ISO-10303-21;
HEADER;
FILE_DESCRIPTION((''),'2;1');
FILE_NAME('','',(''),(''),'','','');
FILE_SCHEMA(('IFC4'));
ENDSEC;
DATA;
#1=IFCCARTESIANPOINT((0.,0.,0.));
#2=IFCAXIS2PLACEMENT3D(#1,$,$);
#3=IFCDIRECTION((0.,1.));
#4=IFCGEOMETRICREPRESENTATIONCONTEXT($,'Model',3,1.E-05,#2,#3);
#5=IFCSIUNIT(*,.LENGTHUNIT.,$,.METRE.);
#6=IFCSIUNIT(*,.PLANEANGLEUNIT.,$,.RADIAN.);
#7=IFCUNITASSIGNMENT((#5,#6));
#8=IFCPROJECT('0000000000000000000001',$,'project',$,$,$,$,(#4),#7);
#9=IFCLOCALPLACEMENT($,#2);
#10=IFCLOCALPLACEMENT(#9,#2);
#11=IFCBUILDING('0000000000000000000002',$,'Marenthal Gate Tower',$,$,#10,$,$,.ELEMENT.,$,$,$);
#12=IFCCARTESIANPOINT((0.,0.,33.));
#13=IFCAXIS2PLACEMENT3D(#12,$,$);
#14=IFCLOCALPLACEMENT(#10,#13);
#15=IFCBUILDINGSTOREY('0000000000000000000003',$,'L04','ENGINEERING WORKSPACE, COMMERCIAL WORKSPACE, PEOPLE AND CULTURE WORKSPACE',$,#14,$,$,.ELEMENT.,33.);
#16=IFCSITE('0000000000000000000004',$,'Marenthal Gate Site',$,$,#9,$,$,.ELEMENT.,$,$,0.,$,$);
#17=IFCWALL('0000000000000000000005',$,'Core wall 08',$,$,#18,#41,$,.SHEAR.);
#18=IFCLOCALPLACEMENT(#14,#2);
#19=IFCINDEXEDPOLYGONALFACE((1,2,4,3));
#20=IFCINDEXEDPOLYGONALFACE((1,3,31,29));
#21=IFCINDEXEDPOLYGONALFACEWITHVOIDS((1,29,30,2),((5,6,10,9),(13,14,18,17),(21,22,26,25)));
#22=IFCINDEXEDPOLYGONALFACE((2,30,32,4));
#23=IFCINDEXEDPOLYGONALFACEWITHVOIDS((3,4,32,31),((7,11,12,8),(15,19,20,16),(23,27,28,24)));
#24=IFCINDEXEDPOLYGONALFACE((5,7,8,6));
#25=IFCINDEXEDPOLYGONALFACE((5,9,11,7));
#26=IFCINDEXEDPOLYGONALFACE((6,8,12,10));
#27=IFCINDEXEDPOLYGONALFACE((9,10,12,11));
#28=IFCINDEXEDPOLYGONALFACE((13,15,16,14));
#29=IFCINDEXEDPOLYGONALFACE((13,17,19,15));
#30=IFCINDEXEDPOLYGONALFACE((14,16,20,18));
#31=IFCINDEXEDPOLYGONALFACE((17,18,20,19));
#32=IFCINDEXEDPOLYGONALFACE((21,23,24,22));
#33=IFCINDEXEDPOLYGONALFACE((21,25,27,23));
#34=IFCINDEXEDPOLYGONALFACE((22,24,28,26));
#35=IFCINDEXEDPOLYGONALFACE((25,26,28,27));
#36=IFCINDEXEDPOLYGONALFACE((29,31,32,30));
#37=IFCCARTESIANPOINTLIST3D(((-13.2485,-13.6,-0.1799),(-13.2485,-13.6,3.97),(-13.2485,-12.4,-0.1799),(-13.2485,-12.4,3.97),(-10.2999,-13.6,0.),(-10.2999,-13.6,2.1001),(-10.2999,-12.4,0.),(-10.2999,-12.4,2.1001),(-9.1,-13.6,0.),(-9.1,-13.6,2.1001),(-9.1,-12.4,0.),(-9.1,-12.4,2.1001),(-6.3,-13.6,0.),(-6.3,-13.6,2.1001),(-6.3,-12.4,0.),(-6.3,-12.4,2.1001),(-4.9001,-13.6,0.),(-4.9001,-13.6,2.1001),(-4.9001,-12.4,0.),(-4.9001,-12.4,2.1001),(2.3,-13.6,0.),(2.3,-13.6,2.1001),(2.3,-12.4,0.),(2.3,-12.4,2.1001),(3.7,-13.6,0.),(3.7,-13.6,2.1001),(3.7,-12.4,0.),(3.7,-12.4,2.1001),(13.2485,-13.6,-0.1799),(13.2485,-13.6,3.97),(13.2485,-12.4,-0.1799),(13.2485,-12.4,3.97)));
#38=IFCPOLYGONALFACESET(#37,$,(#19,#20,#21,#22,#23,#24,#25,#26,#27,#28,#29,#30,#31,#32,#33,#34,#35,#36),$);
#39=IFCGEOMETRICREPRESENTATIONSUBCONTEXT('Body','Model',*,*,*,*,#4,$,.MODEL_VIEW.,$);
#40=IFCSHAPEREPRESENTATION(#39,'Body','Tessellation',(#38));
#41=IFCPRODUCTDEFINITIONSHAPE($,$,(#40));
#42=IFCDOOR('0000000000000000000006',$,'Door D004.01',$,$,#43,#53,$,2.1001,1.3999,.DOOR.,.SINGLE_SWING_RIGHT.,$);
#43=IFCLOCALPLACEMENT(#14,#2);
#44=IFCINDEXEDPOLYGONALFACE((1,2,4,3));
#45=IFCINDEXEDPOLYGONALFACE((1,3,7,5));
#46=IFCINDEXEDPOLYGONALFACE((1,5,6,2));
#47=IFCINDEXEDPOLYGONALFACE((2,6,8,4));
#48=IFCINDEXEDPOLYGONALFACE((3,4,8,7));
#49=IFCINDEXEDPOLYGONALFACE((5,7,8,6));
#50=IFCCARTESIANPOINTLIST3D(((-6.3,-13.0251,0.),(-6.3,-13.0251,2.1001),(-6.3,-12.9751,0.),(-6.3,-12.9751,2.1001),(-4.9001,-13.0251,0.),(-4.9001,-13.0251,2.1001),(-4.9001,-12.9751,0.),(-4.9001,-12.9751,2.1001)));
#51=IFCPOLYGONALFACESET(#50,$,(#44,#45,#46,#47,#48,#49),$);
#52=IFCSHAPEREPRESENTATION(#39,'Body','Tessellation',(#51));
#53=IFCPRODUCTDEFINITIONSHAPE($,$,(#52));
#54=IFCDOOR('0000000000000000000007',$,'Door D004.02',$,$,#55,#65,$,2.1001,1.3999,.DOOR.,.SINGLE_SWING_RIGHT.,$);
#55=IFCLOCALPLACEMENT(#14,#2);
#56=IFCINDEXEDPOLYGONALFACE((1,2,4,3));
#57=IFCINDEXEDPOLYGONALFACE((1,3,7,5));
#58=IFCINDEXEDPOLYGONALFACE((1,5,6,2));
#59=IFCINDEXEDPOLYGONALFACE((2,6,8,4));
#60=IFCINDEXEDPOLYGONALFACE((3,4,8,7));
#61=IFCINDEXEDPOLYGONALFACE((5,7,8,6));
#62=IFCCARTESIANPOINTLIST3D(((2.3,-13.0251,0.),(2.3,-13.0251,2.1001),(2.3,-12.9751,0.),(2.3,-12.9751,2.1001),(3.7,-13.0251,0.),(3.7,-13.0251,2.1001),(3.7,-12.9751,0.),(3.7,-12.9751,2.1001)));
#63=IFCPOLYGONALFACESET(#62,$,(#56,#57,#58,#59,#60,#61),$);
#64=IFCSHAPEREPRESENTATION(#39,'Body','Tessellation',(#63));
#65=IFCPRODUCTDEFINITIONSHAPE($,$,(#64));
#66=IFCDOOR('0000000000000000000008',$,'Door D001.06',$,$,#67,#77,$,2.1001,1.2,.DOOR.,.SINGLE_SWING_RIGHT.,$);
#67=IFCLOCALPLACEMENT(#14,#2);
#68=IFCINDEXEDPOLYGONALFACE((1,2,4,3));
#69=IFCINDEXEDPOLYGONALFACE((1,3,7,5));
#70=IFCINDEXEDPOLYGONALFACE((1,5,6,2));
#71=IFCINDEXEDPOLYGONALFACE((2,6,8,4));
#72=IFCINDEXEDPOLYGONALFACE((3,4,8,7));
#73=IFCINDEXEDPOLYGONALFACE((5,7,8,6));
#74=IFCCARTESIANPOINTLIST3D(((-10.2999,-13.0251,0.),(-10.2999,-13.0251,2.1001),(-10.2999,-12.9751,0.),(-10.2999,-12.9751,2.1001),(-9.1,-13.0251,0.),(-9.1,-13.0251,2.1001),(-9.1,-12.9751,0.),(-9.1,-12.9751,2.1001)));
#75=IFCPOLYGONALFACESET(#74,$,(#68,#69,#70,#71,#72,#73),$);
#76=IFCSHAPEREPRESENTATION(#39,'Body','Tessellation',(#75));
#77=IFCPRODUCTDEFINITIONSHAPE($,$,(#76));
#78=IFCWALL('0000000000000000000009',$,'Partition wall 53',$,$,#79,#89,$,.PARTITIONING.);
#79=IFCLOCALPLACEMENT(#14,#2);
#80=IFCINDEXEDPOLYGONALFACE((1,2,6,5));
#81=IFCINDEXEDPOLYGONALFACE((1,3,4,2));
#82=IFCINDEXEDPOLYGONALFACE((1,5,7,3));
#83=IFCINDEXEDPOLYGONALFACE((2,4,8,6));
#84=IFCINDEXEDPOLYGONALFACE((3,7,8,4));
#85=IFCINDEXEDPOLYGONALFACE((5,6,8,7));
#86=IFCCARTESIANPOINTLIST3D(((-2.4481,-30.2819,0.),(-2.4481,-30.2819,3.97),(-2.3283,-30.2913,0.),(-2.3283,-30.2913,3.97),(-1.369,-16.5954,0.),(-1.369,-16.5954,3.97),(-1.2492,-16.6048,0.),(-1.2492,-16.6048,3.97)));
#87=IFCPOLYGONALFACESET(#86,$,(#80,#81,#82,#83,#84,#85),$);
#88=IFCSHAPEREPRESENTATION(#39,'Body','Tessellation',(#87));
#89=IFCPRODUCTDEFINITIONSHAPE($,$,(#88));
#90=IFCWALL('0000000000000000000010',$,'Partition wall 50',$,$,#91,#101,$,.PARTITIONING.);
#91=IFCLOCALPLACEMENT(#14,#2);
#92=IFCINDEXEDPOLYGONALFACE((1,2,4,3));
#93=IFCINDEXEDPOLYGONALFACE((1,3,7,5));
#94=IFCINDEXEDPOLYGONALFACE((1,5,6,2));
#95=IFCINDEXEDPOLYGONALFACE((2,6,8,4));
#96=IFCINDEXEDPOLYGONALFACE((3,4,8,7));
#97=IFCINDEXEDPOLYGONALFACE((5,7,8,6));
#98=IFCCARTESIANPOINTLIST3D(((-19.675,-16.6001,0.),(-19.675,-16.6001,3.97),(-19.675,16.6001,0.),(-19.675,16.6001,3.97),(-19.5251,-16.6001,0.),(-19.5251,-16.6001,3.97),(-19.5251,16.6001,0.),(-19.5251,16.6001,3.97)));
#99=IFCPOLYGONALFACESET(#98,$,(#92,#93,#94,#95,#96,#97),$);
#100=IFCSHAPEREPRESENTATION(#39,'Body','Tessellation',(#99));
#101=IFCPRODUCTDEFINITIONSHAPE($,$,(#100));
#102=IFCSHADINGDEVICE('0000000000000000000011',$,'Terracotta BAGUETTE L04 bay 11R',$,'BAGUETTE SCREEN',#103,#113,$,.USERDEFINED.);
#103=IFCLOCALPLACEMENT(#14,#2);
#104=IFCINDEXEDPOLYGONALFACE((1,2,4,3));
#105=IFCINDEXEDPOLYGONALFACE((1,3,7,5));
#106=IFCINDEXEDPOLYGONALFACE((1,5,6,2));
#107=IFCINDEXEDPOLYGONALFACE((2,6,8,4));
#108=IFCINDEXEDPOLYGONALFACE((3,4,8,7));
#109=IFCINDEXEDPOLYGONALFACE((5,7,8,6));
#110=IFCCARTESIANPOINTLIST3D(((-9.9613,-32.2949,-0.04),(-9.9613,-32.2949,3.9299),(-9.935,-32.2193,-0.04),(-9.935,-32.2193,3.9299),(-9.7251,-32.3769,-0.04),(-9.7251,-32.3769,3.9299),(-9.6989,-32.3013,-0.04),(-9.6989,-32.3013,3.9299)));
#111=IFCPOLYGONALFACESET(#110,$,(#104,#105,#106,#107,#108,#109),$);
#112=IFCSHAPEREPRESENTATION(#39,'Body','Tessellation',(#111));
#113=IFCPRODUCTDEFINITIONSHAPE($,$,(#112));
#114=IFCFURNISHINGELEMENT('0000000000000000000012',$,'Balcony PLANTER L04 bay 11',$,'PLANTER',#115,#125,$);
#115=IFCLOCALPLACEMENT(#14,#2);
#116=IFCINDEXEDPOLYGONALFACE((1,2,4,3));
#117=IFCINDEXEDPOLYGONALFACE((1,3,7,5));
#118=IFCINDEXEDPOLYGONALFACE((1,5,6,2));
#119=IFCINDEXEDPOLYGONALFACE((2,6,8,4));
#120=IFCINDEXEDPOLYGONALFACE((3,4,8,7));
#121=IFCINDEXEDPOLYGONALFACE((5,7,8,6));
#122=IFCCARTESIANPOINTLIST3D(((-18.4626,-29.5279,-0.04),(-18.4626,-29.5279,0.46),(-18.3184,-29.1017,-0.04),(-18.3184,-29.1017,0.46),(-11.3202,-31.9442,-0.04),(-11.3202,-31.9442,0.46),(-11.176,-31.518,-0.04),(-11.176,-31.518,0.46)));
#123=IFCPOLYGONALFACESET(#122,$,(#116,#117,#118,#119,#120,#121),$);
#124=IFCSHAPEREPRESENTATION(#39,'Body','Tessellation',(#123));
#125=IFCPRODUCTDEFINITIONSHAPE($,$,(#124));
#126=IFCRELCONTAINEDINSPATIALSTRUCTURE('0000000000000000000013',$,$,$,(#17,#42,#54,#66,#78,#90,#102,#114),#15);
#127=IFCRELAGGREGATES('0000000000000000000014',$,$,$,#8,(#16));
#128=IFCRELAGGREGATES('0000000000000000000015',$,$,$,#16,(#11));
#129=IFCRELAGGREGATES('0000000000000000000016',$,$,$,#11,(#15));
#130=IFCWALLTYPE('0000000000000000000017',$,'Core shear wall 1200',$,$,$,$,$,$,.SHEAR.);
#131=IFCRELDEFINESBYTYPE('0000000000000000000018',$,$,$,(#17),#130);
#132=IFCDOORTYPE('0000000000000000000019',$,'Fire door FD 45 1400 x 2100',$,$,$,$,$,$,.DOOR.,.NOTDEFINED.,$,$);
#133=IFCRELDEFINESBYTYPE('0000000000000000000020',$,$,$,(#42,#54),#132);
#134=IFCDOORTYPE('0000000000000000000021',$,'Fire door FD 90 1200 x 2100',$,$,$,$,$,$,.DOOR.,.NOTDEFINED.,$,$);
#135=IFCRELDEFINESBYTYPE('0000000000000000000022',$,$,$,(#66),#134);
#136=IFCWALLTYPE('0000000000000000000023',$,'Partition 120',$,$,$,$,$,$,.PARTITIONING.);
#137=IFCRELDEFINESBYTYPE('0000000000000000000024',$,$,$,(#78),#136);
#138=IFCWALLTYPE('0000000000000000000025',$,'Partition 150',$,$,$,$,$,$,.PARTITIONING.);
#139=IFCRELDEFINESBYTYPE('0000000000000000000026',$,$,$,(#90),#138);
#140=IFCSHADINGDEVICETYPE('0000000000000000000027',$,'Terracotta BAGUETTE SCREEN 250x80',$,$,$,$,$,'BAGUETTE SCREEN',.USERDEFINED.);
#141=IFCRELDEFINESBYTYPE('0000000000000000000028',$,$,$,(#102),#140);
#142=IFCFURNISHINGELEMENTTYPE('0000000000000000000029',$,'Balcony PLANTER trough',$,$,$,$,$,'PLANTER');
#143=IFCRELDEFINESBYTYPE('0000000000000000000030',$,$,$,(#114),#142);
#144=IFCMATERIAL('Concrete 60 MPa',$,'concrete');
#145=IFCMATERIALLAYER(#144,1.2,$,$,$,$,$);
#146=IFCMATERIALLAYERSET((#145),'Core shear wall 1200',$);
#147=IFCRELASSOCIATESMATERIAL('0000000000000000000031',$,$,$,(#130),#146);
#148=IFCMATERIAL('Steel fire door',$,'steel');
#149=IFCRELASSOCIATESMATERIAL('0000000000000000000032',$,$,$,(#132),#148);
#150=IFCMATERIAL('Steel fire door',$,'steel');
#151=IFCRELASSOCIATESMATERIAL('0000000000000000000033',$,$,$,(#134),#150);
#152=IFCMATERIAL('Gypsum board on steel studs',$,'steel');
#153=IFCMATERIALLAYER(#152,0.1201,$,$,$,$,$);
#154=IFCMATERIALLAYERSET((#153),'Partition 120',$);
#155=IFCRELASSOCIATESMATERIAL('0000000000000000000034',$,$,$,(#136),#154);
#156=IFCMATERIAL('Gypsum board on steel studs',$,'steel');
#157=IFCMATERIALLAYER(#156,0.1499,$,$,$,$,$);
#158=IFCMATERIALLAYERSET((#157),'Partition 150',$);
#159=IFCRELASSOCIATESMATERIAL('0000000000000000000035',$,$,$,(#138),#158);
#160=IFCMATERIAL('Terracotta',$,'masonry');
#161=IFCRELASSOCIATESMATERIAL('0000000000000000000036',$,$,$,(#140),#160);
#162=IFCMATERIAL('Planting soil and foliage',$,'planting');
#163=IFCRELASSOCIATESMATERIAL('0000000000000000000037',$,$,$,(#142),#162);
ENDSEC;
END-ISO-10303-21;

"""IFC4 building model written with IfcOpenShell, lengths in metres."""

from ifc_helpers import new_model, si_unit, direction, frame, frame_2d, origin, origin_2d, place, context, subcontext, project, spatial, rectangle, extrude, material, layer, layer_set, material_profile, profile_set, type_object, element, fill, save


model = new_model("IFC4")

# Units and contexts
model_context = context("Model", 3, precision=1e-05, world=origin(), true_north=direction((0.0, 1.0)))
body_context = subcontext(model_context, "Body", "Model", "MODEL_VIEW")
ifc_project = project(units=[si_unit("LENGTHUNIT", "METRE"), si_unit("PLANEANGLEUNIT", "RADIAN")], contexts=[model_context])

# Site, building, storey
site_placement = place(None, origin())
site = spatial("IfcSite", under=ifc_project, at=site_placement, Name="Marenthal Gate Site", CompositionType="ELEMENT", RefElevation=0.0)
building_placement = place(site_placement, origin())
building = spatial("IfcBuilding", under=site, at=building_placement, Name="Marenthal Gate Tower", CompositionType="ELEMENT")
storey_placement = place(building_placement, frame((0.0, 0.0, 33.0)))
storey = spatial("IfcBuildingStorey", under=building, at=storey_placement, Name="L04", Description="ENGINEERING WORKSPACE, COMMERCIAL WORKSPACE, PEOPLE AND CULTURE WORKSPACE", CompositionType="ELEMENT", Elevation=33.0)

# Wall, openings, doors
ifc_material_1 = material(Name="Concrete 60 MPa", Category="concrete")
ifc_layer_1 = layer(ifc_material_1, 1.2)
ifc_layer_set_1 = layer_set([ifc_layer_1], Name="Core shear wall 1200")
wall_type_1 = type_object("IfcWallType", Name="Core shear wall 1200", PredefinedType="SHEAR", material=ifc_layer_set_1)
wall_1_placement = place(storey_placement, frame((-13.2485, -13.0, -0.1799), z_axis=(0.0, 0.0, 1.0), x_axis=(1.0, 0.0, 0.0)))
wall_1 = element("IfcWall", 1, at=wall_1_placement, inside=storey, type_object=wall_type_1, Name="Core wall 08", PredefinedType="SHEAR", context=body_context, shape_type="SweptSolid", body=[
    extrude(rectangle(XDim=26.4971, YDim=1.2, at=frame_2d((13.2485, 0.0))), origin(), (0.0, 0.0, 1.0), 4.1499),
])
opening_1_placement = place(wall_1_placement, frame((2.9485, 0.0, 0.1799)))
opening_1 = element("IfcOpeningElement", 2, at=opening_1_placement, cuts=wall_1, PredefinedType="OPENING", context=body_context, shape_type="SweptSolid", body=[
    extrude(rectangle(XDim=1.2, YDim=2.1001, at=frame_2d((0.6001, 1.05))), frame((0.0, 0.6099, 0.0), z_axis=(0.0, -1.0, 0.0), x_axis=(1.0, 0.0, 0.0)), (0.0, 0.0, 1.0), 1.22),
])
opening_2_placement = place(wall_1_placement, frame((6.9485, 0.0, 0.1799)))
opening_2 = element("IfcOpeningElement", 3, at=opening_2_placement, cuts=wall_1, PredefinedType="OPENING", context=body_context, shape_type="SweptSolid", body=[
    extrude(rectangle(XDim=1.3999, YDim=2.1001, at=frame_2d((0.7, 1.05))), frame((0.0, 0.6099, 0.0), z_axis=(0.0, -1.0, 0.0), x_axis=(1.0, 0.0, 0.0)), (0.0, 0.0, 1.0), 1.22),
])
opening_3_placement = place(wall_1_placement, frame((15.5486, 0.0, 0.1799)))
opening_3 = element("IfcOpeningElement", 4, at=opening_3_placement, cuts=wall_1, PredefinedType="OPENING", context=body_context, shape_type="SweptSolid", body=[
    extrude(rectangle(XDim=1.3999, YDim=2.1001, at=frame_2d((0.7, 1.05))), frame((0.0, 0.6099, 0.0), z_axis=(0.0, -1.0, 0.0), x_axis=(1.0, 0.0, 0.0)), (0.0, 0.0, 1.0), 1.22),
])
ifc_material_2 = material(Name="Steel fire door", Category="steel")
door_type_1 = type_object("IfcDoorType", Name="Fire door FD 45 1400 x 2100", OperationType="NOTDEFINED", PredefinedType="DOOR", material=ifc_material_2)
door_1_placement = place(opening_2_placement, origin())
door_1 = element("IfcDoor", 5, at=door_1_placement, inside=storey, type_object=door_type_1, Name="Door D004.01", OperationType="SINGLE_SWING_RIGHT", OverallHeight=2.1001, OverallWidth=1.3999, PredefinedType="DOOR", context=body_context, shape_type="SweptSolid", body=[
    extrude(rectangle(XDim=1.3999, YDim=2.1001, at=frame_2d((0.7, 1.05))), frame((0.0, 0.0249, 0.0), z_axis=(0.0, -1.0, 0.0), x_axis=(1.0, 0.0, 0.0)), (0.0, 0.0, 1.0), 0.05),
])
fill(opening_2, door_1)
door_2_placement = place(opening_3_placement, origin())
door_2 = element("IfcDoor", 6, at=door_2_placement, inside=storey, type_object=door_type_1, Name="Door D004.02", OperationType="SINGLE_SWING_RIGHT", OverallHeight=2.1001, OverallWidth=1.3999, PredefinedType="DOOR", context=body_context, shape_type="SweptSolid", body=[
    extrude(rectangle(XDim=1.3999, YDim=2.1001, at=frame_2d((0.7, 1.05))), frame((0.0, 0.0249, 0.0), z_axis=(0.0, -1.0, 0.0), x_axis=(1.0, 0.0, 0.0)), (0.0, 0.0, 1.0), 0.05),
])
fill(opening_3, door_2)
ifc_material_3 = material(Name="Steel fire door", Category="steel")
door_type_2 = type_object("IfcDoorType", Name="Fire door FD 90 1200 x 2100", OperationType="NOTDEFINED", PredefinedType="DOOR", material=ifc_material_3)
door_3_placement = place(opening_1_placement, origin())
door_3 = element("IfcDoor", 7, at=door_3_placement, inside=storey, type_object=door_type_2, Name="Door D001.06", OperationType="SINGLE_SWING_RIGHT", OverallHeight=2.1001, OverallWidth=1.2, PredefinedType="DOOR", context=body_context, shape_type="SweptSolid", body=[
    extrude(rectangle(XDim=1.2, YDim=2.1001, at=frame_2d((0.6001, 1.05))), frame((0.0, 0.0249, 0.0), z_axis=(0.0, -1.0, 0.0), x_axis=(1.0, 0.0, 0.0)), (0.0, 0.0, 1.0), 0.05),
])
fill(opening_1, door_3)

# Walls
ifc_material_4 = material(Name="Gypsum board on steel studs", Category="steel")
ifc_layer_2 = layer(ifc_material_4, 0.1201)
ifc_layer_set_2 = layer_set([ifc_layer_2], Name="Partition 120")
wall_type_2 = type_object("IfcWallType", Name="Partition 120", PredefinedType="PARTITIONING", material=ifc_layer_set_2)
wall_2_placement = place(storey_placement, frame((-1.3091, -16.6001, 0.0), z_axis=(0.0, 0.0, 1.0), x_axis=(-0.0786, -0.996906, 0.0)))
element("IfcWall", 8, at=wall_2_placement, inside=storey, type_object=wall_type_2, Name="Partition wall 53", PredefinedType="PARTITIONING", context=body_context, shape_type="SweptSolid", body=[
    extrude(rectangle(XDim=13.729, YDim=0.1201, at=frame_2d((6.8645, 0.0))), origin(), (0.0, 0.0, 1.0), 3.97),
])
ifc_material_5 = material(Name="Gypsum board on steel studs", Category="steel")
ifc_layer_3 = layer(ifc_material_5, 0.1499)
ifc_layer_set_3 = layer_set([ifc_layer_3], Name="Partition 150")
wall_type_3 = type_object("IfcWallType", Name="Partition 150", PredefinedType="PARTITIONING", material=ifc_layer_set_3)
wall_3_placement = place(storey_placement, frame((-19.6001, -16.6001, 0.0), z_axis=(0.0, 0.0, 1.0), x_axis=(0.0, 1.0, 0.0)))
element("IfcWall", 9, at=wall_3_placement, inside=storey, type_object=wall_type_3, Name="Partition wall 50", PredefinedType="PARTITIONING", context=body_context, shape_type="SweptSolid", body=[
    extrude(rectangle(XDim=33.2002, YDim=0.1499, at=frame_2d((16.6001, 0.0))), origin(), (0.0, 0.0, 1.0), 3.97),
])

# Shading device
ifc_material_6 = material(Name="Terracotta", Category="masonry")
ifc_material_profile_1 = material_profile(ifc_material_6, rectangle(XDim=0.25, YDim=0.0801, at=origin_2d()), Name="Terracotta baguette 250x80")
ifc_profile_set_1 = profile_set([ifc_material_profile_1], Name="Terracotta")
shading_device_type = type_object("IfcShadingDeviceType", Name="Terracotta BAGUETTE SCREEN 250x80", ElementType="BAGUETTE SCREEN", PredefinedType="USERDEFINED", material=ifc_profile_set_1)
shading_device_placement = place(storey_placement, frame((-9.8301, -32.2981, -0.04), z_axis=(0.0, 0.0, 1.0), x_axis=(0.944708, -0.327912, 0.0)))
element("IfcShadingDevice", 10, at=shading_device_placement, inside=storey, type_object=shading_device_type, Name="Terracotta BAGUETTE L04 bay 11R", ObjectType="BAGUETTE SCREEN", PredefinedType="USERDEFINED", context=body_context, shape_type="SweptSolid", body=[
    extrude(rectangle(XDim=0.25, YDim=0.0801, at=origin_2d()), origin(), (0.0, 0.0, 1.0), 3.97),
])

# Furnishing element
ifc_material_7 = material(Name="Planting soil and foliage", Category="planting")
furnishing_element_type = type_object("IfcFurnishingElementType", Name="Balcony PLANTER trough", ElementType="PLANTER", material=ifc_material_7)
furnishing_placement = place(storey_placement, frame((-14.8193, -30.5229, -0.04), z_axis=(0.0, 0.0, 1.0), x_axis=(0.947263, -0.320458, 0.0)))
element("IfcFurnishingElement", 11, at=furnishing_placement, inside=storey, type_object=furnishing_element_type, Name="Balcony PLANTER L04 bay 11", ObjectType="PLANTER", context=body_context, shape_type="SweptSolid", body=[
    extrude(rectangle(XDim=7.54, YDim=0.45, at=origin_2d()), origin(), (0.0, 0.0, 1.0), 0.5),
])

save(model, "model.ifc")
